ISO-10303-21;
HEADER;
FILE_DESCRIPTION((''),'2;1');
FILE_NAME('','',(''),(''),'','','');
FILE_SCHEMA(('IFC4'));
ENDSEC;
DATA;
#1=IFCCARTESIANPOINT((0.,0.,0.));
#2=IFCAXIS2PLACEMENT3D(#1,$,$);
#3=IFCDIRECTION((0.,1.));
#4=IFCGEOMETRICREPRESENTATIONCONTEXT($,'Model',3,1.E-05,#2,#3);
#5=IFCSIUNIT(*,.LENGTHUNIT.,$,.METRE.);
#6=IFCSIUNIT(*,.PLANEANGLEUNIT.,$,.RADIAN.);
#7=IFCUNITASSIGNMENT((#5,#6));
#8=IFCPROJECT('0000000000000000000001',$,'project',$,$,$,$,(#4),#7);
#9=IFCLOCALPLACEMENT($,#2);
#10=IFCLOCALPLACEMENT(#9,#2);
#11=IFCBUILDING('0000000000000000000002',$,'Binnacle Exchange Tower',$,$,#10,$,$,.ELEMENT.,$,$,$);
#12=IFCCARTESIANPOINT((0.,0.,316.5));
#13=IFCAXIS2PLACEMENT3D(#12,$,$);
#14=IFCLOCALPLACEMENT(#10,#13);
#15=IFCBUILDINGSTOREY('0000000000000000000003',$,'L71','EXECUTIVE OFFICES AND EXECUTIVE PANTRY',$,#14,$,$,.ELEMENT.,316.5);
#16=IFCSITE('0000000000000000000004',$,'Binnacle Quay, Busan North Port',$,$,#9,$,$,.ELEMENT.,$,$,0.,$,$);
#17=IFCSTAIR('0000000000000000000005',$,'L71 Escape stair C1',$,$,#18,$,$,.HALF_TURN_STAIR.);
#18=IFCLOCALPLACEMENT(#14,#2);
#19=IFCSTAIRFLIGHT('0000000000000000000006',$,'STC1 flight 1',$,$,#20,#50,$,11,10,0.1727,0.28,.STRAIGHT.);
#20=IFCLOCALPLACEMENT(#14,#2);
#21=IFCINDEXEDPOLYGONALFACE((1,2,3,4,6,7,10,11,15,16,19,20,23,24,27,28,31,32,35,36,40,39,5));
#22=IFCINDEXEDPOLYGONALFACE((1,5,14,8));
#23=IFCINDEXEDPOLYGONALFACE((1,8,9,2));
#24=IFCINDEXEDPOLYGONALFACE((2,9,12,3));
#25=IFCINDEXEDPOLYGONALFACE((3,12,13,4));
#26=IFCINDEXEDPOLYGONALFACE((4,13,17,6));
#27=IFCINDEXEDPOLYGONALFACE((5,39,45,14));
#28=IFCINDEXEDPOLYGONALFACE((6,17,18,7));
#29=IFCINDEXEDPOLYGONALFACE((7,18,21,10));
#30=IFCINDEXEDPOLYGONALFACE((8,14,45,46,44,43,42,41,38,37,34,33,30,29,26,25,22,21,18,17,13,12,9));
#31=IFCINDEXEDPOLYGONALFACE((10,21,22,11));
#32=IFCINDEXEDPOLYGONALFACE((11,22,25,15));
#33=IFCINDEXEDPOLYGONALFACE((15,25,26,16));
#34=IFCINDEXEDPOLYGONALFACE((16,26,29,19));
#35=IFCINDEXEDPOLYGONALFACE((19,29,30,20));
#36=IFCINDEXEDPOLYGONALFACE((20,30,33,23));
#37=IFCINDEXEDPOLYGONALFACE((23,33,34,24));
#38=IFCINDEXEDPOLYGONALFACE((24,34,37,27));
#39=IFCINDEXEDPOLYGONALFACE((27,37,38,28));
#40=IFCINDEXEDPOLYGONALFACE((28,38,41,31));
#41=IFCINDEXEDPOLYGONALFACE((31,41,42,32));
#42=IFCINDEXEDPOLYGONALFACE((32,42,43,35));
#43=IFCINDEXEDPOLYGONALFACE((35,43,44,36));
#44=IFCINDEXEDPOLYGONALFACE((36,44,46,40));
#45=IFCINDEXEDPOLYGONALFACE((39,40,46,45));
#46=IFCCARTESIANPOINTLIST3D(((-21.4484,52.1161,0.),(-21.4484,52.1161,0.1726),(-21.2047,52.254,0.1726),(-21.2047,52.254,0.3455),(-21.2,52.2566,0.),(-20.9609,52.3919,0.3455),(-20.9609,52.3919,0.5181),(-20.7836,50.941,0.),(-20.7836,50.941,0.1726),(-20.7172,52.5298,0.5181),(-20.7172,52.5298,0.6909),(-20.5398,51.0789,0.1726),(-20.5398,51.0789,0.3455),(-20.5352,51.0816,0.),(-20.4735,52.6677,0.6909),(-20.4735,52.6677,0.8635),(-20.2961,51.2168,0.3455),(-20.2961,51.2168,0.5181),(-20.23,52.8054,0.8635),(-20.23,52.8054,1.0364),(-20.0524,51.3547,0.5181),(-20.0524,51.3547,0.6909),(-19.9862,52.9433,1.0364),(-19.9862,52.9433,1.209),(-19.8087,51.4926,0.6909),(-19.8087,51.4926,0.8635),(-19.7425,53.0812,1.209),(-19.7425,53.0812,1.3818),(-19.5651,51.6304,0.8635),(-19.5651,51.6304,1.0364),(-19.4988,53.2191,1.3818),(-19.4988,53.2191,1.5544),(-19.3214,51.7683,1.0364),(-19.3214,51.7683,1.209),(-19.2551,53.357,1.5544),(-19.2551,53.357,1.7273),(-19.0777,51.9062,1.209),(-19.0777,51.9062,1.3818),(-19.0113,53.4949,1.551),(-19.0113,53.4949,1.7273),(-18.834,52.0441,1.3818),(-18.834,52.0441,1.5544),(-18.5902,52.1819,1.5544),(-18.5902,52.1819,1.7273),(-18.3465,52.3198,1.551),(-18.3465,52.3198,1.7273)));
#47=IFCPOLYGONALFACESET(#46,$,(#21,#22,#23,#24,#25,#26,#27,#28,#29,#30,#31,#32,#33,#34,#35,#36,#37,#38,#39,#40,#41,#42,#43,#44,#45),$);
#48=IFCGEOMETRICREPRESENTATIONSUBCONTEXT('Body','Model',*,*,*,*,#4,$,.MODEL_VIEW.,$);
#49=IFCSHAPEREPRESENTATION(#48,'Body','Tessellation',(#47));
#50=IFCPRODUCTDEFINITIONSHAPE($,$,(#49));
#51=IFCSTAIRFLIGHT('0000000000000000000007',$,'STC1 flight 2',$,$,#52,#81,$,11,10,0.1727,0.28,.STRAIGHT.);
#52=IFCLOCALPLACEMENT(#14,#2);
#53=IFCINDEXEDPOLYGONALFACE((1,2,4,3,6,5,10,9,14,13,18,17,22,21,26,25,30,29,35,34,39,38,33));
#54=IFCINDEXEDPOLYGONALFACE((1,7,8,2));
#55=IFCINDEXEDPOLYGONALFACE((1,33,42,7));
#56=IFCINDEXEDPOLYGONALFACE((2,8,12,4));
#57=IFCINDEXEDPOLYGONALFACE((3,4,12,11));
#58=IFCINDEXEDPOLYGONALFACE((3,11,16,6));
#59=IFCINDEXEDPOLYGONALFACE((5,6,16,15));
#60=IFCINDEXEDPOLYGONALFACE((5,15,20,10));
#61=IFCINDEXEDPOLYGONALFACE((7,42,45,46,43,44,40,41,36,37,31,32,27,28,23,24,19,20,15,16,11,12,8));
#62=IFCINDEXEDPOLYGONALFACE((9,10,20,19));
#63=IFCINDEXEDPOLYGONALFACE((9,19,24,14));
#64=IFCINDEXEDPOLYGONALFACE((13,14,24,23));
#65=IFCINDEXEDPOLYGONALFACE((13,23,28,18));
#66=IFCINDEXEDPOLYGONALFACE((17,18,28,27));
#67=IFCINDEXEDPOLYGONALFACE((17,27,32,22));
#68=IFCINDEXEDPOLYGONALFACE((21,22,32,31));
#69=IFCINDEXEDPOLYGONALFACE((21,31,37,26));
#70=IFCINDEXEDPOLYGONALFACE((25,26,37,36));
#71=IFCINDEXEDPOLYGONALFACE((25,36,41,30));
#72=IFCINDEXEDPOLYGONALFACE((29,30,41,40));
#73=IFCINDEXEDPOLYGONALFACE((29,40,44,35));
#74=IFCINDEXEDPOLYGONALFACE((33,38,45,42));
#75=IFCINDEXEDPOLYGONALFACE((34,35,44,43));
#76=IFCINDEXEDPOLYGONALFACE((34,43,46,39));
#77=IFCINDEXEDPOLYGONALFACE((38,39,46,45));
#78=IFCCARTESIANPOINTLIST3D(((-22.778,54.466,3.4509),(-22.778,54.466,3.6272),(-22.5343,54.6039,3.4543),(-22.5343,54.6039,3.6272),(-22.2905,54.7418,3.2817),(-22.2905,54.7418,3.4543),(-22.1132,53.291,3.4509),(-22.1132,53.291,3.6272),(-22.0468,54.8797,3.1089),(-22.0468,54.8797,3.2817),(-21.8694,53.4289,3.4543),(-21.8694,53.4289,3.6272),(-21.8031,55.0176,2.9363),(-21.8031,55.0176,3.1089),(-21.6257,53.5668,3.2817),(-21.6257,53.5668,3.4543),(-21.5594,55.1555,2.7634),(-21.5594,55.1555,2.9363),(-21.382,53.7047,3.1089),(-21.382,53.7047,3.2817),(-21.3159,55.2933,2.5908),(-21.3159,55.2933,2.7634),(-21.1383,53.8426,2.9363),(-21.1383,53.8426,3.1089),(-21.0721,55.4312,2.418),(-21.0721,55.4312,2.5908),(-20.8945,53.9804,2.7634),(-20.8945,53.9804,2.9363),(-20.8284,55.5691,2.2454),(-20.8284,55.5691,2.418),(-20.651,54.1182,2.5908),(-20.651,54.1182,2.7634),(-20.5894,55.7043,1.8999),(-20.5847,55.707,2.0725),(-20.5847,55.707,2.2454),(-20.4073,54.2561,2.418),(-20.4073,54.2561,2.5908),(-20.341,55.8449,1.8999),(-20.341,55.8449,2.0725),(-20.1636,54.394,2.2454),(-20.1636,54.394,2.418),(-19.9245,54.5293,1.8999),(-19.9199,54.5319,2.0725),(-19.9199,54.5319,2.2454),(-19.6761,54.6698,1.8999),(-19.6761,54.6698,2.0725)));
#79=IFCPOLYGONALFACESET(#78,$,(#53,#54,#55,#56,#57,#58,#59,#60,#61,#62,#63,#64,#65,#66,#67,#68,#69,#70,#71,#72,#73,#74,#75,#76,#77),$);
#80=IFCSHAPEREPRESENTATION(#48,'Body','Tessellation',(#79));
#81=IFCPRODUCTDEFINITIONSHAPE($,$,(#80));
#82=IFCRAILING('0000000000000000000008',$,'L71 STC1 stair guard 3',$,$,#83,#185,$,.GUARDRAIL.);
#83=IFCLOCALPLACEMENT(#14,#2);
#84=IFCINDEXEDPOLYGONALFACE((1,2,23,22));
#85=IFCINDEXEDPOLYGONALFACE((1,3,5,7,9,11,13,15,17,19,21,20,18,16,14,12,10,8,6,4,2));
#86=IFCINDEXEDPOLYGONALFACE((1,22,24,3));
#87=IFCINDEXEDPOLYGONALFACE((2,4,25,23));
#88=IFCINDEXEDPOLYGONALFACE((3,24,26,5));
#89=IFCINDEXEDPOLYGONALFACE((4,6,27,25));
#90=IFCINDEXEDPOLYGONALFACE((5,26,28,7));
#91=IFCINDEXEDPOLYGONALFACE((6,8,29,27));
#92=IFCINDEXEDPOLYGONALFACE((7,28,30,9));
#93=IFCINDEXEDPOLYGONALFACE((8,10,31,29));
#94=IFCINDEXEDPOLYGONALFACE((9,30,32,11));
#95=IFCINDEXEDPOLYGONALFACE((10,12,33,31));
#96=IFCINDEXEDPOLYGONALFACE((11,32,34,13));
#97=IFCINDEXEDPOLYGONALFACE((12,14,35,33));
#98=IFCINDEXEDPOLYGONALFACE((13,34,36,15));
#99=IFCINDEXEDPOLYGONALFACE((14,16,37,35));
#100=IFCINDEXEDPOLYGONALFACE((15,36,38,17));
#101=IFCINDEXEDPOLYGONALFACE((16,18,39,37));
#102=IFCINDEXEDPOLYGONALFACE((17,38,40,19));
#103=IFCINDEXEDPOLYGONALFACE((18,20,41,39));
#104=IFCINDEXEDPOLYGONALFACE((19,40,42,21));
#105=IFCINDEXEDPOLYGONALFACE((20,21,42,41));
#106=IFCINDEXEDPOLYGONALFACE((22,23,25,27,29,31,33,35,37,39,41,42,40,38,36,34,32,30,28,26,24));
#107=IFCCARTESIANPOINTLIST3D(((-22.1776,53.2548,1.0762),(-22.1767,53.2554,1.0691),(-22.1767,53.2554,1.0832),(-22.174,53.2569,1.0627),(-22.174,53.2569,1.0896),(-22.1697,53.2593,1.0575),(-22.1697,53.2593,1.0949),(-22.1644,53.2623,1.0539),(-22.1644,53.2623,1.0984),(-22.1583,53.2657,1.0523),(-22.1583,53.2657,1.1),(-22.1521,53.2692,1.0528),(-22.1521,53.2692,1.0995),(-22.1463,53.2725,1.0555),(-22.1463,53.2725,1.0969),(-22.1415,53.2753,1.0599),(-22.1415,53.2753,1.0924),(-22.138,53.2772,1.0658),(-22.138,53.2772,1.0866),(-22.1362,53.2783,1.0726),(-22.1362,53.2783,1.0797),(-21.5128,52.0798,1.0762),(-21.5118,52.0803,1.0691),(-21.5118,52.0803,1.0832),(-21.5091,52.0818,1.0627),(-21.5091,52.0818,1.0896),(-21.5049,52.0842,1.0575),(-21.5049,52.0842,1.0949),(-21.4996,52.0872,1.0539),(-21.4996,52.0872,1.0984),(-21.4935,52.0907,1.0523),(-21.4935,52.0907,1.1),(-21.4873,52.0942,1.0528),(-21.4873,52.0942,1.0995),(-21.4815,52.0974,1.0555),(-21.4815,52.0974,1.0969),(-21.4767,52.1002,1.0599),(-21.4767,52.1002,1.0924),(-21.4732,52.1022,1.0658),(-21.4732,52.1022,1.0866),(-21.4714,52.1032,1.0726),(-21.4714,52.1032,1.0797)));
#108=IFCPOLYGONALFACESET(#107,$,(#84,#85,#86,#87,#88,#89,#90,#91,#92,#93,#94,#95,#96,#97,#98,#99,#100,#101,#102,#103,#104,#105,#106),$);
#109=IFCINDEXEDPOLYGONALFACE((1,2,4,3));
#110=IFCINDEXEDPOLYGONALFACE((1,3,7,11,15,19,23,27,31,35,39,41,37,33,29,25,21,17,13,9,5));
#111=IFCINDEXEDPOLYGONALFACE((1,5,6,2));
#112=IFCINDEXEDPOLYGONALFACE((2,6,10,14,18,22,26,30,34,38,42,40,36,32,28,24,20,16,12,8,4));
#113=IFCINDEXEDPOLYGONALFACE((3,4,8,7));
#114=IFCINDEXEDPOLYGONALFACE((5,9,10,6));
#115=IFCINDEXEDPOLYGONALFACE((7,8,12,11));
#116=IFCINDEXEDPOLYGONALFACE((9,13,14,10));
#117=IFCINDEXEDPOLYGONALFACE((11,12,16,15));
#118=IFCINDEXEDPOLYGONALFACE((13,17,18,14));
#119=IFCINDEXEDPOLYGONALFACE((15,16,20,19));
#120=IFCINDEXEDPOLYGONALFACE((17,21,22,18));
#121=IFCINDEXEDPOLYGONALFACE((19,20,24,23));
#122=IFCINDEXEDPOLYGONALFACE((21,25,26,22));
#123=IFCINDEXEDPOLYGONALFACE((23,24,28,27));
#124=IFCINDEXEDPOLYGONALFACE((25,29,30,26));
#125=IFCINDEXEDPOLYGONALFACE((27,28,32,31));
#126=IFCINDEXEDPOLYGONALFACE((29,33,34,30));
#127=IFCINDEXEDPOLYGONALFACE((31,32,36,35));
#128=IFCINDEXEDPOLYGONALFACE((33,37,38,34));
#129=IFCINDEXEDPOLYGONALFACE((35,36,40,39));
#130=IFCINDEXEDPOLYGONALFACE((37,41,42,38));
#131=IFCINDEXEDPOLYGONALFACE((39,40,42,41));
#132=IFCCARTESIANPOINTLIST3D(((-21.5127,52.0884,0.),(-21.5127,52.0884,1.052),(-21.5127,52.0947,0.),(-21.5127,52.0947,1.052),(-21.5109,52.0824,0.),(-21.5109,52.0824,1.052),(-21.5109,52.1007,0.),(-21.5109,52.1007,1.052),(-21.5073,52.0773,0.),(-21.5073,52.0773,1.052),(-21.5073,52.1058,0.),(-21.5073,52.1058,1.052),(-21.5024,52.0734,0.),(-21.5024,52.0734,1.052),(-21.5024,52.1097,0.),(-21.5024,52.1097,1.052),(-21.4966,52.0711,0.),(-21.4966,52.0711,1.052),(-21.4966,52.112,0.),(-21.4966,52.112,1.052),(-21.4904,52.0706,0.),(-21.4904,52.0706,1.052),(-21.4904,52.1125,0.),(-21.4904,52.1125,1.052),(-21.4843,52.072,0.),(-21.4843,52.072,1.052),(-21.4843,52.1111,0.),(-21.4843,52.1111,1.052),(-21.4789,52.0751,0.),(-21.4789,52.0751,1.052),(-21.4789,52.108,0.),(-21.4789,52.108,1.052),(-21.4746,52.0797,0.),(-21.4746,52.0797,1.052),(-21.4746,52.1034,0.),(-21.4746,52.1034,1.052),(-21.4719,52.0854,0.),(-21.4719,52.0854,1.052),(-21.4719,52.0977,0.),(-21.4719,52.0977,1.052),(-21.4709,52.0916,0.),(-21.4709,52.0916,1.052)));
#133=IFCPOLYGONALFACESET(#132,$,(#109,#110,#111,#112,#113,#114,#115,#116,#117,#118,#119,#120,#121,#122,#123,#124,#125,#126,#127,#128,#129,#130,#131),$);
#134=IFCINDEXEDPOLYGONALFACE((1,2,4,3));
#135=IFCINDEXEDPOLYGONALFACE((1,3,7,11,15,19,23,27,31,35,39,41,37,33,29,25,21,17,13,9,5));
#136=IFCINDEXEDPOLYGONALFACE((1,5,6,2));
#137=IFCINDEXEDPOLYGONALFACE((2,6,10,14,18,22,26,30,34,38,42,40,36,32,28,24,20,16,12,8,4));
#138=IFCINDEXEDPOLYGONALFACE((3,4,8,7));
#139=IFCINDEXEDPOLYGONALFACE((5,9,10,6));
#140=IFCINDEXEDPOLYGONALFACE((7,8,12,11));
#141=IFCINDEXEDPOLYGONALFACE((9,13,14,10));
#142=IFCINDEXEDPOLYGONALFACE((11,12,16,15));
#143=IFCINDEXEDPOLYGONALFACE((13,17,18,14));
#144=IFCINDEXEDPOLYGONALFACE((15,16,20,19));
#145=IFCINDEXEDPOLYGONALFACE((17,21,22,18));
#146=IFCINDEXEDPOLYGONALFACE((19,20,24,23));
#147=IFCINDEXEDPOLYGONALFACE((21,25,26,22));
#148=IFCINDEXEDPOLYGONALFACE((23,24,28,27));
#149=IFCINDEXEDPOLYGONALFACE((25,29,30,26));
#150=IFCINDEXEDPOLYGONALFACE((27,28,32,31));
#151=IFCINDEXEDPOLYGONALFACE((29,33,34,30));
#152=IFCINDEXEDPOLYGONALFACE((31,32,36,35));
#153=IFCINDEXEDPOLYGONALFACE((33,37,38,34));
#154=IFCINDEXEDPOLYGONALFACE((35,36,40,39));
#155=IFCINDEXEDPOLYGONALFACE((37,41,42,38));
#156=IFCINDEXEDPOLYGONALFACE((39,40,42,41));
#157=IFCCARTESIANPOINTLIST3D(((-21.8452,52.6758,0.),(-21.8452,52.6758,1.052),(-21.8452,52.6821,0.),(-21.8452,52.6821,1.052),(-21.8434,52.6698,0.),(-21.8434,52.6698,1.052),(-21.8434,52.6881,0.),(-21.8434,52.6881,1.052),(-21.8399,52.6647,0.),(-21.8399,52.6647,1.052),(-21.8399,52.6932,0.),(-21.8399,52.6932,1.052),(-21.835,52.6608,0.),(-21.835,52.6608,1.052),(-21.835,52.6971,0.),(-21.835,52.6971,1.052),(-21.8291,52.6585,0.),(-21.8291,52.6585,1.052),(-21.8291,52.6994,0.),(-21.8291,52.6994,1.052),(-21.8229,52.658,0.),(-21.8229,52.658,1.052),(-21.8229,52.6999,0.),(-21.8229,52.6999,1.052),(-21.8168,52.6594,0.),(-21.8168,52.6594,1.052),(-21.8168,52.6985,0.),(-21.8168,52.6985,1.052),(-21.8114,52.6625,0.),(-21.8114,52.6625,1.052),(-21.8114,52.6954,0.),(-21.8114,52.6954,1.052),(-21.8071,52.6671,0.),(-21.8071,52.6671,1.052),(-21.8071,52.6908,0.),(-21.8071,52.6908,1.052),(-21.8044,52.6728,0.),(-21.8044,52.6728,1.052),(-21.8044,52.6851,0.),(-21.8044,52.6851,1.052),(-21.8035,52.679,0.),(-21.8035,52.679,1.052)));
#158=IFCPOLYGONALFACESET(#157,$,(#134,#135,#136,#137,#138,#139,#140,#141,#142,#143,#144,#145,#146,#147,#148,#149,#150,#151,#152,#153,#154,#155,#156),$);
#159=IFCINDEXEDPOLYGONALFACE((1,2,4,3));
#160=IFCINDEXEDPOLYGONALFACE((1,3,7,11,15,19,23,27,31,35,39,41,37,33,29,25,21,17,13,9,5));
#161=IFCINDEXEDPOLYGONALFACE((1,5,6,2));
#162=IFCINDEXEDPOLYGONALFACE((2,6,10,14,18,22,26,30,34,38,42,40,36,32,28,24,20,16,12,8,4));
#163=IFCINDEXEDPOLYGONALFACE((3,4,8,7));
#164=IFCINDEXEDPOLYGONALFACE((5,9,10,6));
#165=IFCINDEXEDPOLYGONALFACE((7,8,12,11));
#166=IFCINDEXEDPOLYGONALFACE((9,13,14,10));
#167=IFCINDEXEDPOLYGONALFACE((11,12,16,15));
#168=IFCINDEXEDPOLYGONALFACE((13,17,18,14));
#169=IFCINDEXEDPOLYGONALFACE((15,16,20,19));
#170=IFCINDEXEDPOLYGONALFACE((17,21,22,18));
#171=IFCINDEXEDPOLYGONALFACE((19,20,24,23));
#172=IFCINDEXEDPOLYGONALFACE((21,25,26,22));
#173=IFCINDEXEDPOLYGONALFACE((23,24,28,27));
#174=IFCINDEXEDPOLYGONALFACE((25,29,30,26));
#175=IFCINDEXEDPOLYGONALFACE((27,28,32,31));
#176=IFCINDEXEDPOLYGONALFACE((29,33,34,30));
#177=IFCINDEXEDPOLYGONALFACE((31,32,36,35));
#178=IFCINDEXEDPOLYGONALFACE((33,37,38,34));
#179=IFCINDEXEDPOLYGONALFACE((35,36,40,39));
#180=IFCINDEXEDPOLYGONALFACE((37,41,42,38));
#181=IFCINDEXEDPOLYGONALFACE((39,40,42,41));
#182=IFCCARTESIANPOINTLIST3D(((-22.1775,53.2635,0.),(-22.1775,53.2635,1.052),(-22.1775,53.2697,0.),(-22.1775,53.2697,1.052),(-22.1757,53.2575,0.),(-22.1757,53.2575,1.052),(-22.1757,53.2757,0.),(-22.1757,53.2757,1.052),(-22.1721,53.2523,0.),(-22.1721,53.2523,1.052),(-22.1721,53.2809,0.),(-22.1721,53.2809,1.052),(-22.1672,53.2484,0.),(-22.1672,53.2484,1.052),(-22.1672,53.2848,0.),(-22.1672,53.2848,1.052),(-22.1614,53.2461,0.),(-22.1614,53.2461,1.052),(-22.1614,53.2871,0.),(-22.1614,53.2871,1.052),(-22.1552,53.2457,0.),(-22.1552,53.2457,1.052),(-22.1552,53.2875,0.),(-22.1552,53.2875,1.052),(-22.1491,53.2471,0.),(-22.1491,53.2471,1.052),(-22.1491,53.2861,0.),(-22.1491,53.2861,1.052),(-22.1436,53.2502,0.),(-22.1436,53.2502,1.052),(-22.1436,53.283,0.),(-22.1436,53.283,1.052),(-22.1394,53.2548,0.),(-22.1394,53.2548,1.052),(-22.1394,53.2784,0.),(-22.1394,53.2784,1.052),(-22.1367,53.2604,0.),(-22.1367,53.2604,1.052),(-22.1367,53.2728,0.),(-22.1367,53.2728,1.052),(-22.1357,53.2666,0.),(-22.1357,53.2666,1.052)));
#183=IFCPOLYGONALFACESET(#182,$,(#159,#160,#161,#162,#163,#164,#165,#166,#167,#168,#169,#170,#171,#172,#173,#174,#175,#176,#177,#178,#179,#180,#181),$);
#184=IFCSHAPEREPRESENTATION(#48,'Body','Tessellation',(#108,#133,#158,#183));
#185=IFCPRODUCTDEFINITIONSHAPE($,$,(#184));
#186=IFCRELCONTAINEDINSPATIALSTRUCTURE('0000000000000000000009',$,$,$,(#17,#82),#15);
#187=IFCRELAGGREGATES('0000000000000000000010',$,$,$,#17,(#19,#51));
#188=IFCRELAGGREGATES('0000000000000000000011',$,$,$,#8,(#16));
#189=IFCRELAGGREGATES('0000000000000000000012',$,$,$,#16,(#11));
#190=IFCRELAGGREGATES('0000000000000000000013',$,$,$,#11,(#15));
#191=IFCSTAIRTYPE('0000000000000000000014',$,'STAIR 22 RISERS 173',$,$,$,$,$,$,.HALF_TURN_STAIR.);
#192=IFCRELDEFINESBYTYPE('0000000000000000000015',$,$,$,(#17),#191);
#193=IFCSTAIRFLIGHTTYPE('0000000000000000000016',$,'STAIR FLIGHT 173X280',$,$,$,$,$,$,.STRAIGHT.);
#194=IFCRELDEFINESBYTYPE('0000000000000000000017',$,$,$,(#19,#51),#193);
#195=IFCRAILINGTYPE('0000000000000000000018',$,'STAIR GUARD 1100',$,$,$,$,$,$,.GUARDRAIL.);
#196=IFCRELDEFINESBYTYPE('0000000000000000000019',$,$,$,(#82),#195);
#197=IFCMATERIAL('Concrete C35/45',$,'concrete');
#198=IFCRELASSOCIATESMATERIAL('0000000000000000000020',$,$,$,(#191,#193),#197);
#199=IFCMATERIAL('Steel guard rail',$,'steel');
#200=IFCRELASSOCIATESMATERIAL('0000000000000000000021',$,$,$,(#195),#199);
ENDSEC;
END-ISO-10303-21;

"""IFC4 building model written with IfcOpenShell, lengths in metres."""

from ifc_helpers import new_model, si_unit, direction, frame, origin, origin_2d, place, context, subcontext, project, spatial, polyline, circle, outline, extrude, material, type_object, element, aggregate, save


model = new_model("IFC4")

# Units and contexts
model_context = context("Model", 3, precision=1e-05, world=origin(), true_north=direction((0.0, 1.0)))
body_context = subcontext(model_context, "Body", "Model", "MODEL_VIEW")
ifc_project = project(units=[si_unit("LENGTHUNIT", "METRE"), si_unit("PLANEANGLEUNIT", "RADIAN")], contexts=[model_context])

# Site, building, storey
site_placement = place(None, origin())
site = spatial("IfcSite", under=ifc_project, at=site_placement, Name="Binnacle Quay, Busan North Port", CompositionType="ELEMENT", RefElevation=0.0)
building_placement = place(site_placement, origin())
building = spatial("IfcBuilding", under=site, at=building_placement, Name="Binnacle Exchange Tower", CompositionType="ELEMENT")
storey_placement = place(building_placement, frame((0.0, 0.0, 316.5)))
storey = spatial("IfcBuildingStorey", under=building, at=storey_placement, Name="L71", Description="EXECUTIVE OFFICES AND EXECUTIVE PANTRY", CompositionType="ELEMENT", Elevation=316.5)

# Stair, stair flights
ifc_material_1 = material(Name="Concrete C35/45", Category="concrete")
stair_type = type_object("IfcStairType", Name="STAIR 22 RISERS 173", PredefinedType="HALF_TURN_STAIR", material=ifc_material_1)
stair_placement = place(storey_placement, origin())
stair = element("IfcStair", 1, at=stair_placement, inside=storey, type_object=stair_type, Name="L71 Escape stair C1", PredefinedType="HALF_TURN_STAIR")
stair_flight_type = type_object("IfcStairFlightType", Name="STAIR FLIGHT 173X280", PredefinedType="STRAIGHT", material=ifc_material_1)
stair_flight_1_placement = place(storey_placement, frame((-21.116, 51.5286, 0.0), z_axis=(0.0, 0.0, 1.0), x_axis=(0.870356, 0.492424, 0.0)))
stair_flight_1 = element("IfcStairFlight", 2, at=stair_flight_1_placement, type_object=stair_flight_type, Name="STC1 flight 1", NumberOfRisers=11, NumberOfTreads=10, PredefinedType="STRAIGHT", RiserHeight=0.1727, TreadLength=0.28, context=body_context, shape_type="SweptSolid", body=[
    extrude(outline(polyline([(0.0, 0.0), (0.0, 0.1726), (0.28, 0.1726), (0.28, 0.3455), (0.5601, 0.3455), (0.5601, 0.5181), (0.8401, 0.5181), (0.8401, 0.6909), (1.1201, 0.6909), (1.1201, 0.8635), (1.3999, 0.8635), (1.3999, 1.0364), (1.6799, 1.0364), (1.6799, 1.209), (1.96, 1.209), (1.96, 1.3818), (2.24, 1.3818), (2.24, 1.5544), (2.52, 1.5544), (2.52, 1.7273), (2.8, 1.7273), (2.8, 1.8999), (2.8, 1.551), (0.2854, 0.0), (0.0, 0.0)])), frame((0.0, 0.675, 0.0), z_axis=(0.0, -1.0, 0.0), x_axis=(1.0, 0.0, 0.0)), (0.0, 0.0, 1.0), 1.3501),
])
stair_flight_2_placement = place(storey_placement, frame((-20.0085, 55.2573, 1.8999), z_axis=(0.0, 0.0, 1.0), x_axis=(-0.870356, -0.492424, 0.0)))
stair_flight_2 = element("IfcStairFlight", 3, at=stair_flight_2_placement, type_object=stair_flight_type, Name="STC1 flight 2", NumberOfRisers=11, NumberOfTreads=10, PredefinedType="STRAIGHT", RiserHeight=0.1727, TreadLength=0.28, context=body_context, shape_type="SweptSolid", body=[
    extrude(outline(polyline([(0.0, 0.0), (0.0, 0.1726), (0.28, 0.1726), (0.28, 0.3455), (0.5601, 0.3455), (0.5601, 0.5181), (0.8401, 0.5181), (0.8401, 0.6909), (1.1201, 0.6909), (1.1201, 0.8635), (1.3999, 0.8635), (1.3999, 1.0364), (1.6799, 1.0364), (1.6799, 1.209), (1.96, 1.209), (1.96, 1.3818), (2.24, 1.3818), (2.24, 1.5544), (2.52, 1.5544), (2.52, 1.7273), (2.8, 1.7273), (2.8, 1.8999), (2.8, 1.551), (0.2854, 0.0), (0.0, 0.0)])), frame((0.0, 0.675, 0.0), z_axis=(0.0, -1.0, 0.0), x_axis=(1.0, 0.0, 0.0)), (0.0, 0.0, 1.0), 1.3501),
])
aggregate(stair, [stair_flight_1, stair_flight_2])

# Railing
ifc_material_2 = material(Name="Steel guard rail", Category="steel")
railing_type_1 = type_object("IfcRailingType", Name="STAIR GUARD 1100", PredefinedType="GUARDRAIL", material=ifc_material_2)
railing_1_placement = place(storey_placement, frame((-21.4919, 52.0916, 0.0)))
element("IfcRailing", 4, at=railing_1_placement, inside=storey, type_object=railing_type_1, Name="L71 STC1 stair guard 3", PredefinedType="GUARDRAIL", context=body_context, shape_type="SweptSolid", body=[
    extrude(circle(Radius=0.0239, at=origin_2d()), frame((0.0, 0.0, 1.0762), z_axis=(-0.492415, 0.870361, 0.0), x_axis=(-0.870361, -0.492415, 0.0)), (0.0, 0.0, 1.0), 1.3501),
    extrude(circle(Radius=0.021, at=origin_2d()), origin(), (0.0, 0.0, 1.0), 1.052),
    extrude(circle(Radius=0.021, at=origin_2d()), frame((-0.3325, 0.5874, 0.0)), (0.0, 0.0, 1.0), 1.052),
    extrude(circle(Radius=0.021, at=origin_2d()), frame((-0.6648, 1.175, 0.0)), (0.0, 0.0, 1.0), 1.052),
])

save(model, "model.ifc")
